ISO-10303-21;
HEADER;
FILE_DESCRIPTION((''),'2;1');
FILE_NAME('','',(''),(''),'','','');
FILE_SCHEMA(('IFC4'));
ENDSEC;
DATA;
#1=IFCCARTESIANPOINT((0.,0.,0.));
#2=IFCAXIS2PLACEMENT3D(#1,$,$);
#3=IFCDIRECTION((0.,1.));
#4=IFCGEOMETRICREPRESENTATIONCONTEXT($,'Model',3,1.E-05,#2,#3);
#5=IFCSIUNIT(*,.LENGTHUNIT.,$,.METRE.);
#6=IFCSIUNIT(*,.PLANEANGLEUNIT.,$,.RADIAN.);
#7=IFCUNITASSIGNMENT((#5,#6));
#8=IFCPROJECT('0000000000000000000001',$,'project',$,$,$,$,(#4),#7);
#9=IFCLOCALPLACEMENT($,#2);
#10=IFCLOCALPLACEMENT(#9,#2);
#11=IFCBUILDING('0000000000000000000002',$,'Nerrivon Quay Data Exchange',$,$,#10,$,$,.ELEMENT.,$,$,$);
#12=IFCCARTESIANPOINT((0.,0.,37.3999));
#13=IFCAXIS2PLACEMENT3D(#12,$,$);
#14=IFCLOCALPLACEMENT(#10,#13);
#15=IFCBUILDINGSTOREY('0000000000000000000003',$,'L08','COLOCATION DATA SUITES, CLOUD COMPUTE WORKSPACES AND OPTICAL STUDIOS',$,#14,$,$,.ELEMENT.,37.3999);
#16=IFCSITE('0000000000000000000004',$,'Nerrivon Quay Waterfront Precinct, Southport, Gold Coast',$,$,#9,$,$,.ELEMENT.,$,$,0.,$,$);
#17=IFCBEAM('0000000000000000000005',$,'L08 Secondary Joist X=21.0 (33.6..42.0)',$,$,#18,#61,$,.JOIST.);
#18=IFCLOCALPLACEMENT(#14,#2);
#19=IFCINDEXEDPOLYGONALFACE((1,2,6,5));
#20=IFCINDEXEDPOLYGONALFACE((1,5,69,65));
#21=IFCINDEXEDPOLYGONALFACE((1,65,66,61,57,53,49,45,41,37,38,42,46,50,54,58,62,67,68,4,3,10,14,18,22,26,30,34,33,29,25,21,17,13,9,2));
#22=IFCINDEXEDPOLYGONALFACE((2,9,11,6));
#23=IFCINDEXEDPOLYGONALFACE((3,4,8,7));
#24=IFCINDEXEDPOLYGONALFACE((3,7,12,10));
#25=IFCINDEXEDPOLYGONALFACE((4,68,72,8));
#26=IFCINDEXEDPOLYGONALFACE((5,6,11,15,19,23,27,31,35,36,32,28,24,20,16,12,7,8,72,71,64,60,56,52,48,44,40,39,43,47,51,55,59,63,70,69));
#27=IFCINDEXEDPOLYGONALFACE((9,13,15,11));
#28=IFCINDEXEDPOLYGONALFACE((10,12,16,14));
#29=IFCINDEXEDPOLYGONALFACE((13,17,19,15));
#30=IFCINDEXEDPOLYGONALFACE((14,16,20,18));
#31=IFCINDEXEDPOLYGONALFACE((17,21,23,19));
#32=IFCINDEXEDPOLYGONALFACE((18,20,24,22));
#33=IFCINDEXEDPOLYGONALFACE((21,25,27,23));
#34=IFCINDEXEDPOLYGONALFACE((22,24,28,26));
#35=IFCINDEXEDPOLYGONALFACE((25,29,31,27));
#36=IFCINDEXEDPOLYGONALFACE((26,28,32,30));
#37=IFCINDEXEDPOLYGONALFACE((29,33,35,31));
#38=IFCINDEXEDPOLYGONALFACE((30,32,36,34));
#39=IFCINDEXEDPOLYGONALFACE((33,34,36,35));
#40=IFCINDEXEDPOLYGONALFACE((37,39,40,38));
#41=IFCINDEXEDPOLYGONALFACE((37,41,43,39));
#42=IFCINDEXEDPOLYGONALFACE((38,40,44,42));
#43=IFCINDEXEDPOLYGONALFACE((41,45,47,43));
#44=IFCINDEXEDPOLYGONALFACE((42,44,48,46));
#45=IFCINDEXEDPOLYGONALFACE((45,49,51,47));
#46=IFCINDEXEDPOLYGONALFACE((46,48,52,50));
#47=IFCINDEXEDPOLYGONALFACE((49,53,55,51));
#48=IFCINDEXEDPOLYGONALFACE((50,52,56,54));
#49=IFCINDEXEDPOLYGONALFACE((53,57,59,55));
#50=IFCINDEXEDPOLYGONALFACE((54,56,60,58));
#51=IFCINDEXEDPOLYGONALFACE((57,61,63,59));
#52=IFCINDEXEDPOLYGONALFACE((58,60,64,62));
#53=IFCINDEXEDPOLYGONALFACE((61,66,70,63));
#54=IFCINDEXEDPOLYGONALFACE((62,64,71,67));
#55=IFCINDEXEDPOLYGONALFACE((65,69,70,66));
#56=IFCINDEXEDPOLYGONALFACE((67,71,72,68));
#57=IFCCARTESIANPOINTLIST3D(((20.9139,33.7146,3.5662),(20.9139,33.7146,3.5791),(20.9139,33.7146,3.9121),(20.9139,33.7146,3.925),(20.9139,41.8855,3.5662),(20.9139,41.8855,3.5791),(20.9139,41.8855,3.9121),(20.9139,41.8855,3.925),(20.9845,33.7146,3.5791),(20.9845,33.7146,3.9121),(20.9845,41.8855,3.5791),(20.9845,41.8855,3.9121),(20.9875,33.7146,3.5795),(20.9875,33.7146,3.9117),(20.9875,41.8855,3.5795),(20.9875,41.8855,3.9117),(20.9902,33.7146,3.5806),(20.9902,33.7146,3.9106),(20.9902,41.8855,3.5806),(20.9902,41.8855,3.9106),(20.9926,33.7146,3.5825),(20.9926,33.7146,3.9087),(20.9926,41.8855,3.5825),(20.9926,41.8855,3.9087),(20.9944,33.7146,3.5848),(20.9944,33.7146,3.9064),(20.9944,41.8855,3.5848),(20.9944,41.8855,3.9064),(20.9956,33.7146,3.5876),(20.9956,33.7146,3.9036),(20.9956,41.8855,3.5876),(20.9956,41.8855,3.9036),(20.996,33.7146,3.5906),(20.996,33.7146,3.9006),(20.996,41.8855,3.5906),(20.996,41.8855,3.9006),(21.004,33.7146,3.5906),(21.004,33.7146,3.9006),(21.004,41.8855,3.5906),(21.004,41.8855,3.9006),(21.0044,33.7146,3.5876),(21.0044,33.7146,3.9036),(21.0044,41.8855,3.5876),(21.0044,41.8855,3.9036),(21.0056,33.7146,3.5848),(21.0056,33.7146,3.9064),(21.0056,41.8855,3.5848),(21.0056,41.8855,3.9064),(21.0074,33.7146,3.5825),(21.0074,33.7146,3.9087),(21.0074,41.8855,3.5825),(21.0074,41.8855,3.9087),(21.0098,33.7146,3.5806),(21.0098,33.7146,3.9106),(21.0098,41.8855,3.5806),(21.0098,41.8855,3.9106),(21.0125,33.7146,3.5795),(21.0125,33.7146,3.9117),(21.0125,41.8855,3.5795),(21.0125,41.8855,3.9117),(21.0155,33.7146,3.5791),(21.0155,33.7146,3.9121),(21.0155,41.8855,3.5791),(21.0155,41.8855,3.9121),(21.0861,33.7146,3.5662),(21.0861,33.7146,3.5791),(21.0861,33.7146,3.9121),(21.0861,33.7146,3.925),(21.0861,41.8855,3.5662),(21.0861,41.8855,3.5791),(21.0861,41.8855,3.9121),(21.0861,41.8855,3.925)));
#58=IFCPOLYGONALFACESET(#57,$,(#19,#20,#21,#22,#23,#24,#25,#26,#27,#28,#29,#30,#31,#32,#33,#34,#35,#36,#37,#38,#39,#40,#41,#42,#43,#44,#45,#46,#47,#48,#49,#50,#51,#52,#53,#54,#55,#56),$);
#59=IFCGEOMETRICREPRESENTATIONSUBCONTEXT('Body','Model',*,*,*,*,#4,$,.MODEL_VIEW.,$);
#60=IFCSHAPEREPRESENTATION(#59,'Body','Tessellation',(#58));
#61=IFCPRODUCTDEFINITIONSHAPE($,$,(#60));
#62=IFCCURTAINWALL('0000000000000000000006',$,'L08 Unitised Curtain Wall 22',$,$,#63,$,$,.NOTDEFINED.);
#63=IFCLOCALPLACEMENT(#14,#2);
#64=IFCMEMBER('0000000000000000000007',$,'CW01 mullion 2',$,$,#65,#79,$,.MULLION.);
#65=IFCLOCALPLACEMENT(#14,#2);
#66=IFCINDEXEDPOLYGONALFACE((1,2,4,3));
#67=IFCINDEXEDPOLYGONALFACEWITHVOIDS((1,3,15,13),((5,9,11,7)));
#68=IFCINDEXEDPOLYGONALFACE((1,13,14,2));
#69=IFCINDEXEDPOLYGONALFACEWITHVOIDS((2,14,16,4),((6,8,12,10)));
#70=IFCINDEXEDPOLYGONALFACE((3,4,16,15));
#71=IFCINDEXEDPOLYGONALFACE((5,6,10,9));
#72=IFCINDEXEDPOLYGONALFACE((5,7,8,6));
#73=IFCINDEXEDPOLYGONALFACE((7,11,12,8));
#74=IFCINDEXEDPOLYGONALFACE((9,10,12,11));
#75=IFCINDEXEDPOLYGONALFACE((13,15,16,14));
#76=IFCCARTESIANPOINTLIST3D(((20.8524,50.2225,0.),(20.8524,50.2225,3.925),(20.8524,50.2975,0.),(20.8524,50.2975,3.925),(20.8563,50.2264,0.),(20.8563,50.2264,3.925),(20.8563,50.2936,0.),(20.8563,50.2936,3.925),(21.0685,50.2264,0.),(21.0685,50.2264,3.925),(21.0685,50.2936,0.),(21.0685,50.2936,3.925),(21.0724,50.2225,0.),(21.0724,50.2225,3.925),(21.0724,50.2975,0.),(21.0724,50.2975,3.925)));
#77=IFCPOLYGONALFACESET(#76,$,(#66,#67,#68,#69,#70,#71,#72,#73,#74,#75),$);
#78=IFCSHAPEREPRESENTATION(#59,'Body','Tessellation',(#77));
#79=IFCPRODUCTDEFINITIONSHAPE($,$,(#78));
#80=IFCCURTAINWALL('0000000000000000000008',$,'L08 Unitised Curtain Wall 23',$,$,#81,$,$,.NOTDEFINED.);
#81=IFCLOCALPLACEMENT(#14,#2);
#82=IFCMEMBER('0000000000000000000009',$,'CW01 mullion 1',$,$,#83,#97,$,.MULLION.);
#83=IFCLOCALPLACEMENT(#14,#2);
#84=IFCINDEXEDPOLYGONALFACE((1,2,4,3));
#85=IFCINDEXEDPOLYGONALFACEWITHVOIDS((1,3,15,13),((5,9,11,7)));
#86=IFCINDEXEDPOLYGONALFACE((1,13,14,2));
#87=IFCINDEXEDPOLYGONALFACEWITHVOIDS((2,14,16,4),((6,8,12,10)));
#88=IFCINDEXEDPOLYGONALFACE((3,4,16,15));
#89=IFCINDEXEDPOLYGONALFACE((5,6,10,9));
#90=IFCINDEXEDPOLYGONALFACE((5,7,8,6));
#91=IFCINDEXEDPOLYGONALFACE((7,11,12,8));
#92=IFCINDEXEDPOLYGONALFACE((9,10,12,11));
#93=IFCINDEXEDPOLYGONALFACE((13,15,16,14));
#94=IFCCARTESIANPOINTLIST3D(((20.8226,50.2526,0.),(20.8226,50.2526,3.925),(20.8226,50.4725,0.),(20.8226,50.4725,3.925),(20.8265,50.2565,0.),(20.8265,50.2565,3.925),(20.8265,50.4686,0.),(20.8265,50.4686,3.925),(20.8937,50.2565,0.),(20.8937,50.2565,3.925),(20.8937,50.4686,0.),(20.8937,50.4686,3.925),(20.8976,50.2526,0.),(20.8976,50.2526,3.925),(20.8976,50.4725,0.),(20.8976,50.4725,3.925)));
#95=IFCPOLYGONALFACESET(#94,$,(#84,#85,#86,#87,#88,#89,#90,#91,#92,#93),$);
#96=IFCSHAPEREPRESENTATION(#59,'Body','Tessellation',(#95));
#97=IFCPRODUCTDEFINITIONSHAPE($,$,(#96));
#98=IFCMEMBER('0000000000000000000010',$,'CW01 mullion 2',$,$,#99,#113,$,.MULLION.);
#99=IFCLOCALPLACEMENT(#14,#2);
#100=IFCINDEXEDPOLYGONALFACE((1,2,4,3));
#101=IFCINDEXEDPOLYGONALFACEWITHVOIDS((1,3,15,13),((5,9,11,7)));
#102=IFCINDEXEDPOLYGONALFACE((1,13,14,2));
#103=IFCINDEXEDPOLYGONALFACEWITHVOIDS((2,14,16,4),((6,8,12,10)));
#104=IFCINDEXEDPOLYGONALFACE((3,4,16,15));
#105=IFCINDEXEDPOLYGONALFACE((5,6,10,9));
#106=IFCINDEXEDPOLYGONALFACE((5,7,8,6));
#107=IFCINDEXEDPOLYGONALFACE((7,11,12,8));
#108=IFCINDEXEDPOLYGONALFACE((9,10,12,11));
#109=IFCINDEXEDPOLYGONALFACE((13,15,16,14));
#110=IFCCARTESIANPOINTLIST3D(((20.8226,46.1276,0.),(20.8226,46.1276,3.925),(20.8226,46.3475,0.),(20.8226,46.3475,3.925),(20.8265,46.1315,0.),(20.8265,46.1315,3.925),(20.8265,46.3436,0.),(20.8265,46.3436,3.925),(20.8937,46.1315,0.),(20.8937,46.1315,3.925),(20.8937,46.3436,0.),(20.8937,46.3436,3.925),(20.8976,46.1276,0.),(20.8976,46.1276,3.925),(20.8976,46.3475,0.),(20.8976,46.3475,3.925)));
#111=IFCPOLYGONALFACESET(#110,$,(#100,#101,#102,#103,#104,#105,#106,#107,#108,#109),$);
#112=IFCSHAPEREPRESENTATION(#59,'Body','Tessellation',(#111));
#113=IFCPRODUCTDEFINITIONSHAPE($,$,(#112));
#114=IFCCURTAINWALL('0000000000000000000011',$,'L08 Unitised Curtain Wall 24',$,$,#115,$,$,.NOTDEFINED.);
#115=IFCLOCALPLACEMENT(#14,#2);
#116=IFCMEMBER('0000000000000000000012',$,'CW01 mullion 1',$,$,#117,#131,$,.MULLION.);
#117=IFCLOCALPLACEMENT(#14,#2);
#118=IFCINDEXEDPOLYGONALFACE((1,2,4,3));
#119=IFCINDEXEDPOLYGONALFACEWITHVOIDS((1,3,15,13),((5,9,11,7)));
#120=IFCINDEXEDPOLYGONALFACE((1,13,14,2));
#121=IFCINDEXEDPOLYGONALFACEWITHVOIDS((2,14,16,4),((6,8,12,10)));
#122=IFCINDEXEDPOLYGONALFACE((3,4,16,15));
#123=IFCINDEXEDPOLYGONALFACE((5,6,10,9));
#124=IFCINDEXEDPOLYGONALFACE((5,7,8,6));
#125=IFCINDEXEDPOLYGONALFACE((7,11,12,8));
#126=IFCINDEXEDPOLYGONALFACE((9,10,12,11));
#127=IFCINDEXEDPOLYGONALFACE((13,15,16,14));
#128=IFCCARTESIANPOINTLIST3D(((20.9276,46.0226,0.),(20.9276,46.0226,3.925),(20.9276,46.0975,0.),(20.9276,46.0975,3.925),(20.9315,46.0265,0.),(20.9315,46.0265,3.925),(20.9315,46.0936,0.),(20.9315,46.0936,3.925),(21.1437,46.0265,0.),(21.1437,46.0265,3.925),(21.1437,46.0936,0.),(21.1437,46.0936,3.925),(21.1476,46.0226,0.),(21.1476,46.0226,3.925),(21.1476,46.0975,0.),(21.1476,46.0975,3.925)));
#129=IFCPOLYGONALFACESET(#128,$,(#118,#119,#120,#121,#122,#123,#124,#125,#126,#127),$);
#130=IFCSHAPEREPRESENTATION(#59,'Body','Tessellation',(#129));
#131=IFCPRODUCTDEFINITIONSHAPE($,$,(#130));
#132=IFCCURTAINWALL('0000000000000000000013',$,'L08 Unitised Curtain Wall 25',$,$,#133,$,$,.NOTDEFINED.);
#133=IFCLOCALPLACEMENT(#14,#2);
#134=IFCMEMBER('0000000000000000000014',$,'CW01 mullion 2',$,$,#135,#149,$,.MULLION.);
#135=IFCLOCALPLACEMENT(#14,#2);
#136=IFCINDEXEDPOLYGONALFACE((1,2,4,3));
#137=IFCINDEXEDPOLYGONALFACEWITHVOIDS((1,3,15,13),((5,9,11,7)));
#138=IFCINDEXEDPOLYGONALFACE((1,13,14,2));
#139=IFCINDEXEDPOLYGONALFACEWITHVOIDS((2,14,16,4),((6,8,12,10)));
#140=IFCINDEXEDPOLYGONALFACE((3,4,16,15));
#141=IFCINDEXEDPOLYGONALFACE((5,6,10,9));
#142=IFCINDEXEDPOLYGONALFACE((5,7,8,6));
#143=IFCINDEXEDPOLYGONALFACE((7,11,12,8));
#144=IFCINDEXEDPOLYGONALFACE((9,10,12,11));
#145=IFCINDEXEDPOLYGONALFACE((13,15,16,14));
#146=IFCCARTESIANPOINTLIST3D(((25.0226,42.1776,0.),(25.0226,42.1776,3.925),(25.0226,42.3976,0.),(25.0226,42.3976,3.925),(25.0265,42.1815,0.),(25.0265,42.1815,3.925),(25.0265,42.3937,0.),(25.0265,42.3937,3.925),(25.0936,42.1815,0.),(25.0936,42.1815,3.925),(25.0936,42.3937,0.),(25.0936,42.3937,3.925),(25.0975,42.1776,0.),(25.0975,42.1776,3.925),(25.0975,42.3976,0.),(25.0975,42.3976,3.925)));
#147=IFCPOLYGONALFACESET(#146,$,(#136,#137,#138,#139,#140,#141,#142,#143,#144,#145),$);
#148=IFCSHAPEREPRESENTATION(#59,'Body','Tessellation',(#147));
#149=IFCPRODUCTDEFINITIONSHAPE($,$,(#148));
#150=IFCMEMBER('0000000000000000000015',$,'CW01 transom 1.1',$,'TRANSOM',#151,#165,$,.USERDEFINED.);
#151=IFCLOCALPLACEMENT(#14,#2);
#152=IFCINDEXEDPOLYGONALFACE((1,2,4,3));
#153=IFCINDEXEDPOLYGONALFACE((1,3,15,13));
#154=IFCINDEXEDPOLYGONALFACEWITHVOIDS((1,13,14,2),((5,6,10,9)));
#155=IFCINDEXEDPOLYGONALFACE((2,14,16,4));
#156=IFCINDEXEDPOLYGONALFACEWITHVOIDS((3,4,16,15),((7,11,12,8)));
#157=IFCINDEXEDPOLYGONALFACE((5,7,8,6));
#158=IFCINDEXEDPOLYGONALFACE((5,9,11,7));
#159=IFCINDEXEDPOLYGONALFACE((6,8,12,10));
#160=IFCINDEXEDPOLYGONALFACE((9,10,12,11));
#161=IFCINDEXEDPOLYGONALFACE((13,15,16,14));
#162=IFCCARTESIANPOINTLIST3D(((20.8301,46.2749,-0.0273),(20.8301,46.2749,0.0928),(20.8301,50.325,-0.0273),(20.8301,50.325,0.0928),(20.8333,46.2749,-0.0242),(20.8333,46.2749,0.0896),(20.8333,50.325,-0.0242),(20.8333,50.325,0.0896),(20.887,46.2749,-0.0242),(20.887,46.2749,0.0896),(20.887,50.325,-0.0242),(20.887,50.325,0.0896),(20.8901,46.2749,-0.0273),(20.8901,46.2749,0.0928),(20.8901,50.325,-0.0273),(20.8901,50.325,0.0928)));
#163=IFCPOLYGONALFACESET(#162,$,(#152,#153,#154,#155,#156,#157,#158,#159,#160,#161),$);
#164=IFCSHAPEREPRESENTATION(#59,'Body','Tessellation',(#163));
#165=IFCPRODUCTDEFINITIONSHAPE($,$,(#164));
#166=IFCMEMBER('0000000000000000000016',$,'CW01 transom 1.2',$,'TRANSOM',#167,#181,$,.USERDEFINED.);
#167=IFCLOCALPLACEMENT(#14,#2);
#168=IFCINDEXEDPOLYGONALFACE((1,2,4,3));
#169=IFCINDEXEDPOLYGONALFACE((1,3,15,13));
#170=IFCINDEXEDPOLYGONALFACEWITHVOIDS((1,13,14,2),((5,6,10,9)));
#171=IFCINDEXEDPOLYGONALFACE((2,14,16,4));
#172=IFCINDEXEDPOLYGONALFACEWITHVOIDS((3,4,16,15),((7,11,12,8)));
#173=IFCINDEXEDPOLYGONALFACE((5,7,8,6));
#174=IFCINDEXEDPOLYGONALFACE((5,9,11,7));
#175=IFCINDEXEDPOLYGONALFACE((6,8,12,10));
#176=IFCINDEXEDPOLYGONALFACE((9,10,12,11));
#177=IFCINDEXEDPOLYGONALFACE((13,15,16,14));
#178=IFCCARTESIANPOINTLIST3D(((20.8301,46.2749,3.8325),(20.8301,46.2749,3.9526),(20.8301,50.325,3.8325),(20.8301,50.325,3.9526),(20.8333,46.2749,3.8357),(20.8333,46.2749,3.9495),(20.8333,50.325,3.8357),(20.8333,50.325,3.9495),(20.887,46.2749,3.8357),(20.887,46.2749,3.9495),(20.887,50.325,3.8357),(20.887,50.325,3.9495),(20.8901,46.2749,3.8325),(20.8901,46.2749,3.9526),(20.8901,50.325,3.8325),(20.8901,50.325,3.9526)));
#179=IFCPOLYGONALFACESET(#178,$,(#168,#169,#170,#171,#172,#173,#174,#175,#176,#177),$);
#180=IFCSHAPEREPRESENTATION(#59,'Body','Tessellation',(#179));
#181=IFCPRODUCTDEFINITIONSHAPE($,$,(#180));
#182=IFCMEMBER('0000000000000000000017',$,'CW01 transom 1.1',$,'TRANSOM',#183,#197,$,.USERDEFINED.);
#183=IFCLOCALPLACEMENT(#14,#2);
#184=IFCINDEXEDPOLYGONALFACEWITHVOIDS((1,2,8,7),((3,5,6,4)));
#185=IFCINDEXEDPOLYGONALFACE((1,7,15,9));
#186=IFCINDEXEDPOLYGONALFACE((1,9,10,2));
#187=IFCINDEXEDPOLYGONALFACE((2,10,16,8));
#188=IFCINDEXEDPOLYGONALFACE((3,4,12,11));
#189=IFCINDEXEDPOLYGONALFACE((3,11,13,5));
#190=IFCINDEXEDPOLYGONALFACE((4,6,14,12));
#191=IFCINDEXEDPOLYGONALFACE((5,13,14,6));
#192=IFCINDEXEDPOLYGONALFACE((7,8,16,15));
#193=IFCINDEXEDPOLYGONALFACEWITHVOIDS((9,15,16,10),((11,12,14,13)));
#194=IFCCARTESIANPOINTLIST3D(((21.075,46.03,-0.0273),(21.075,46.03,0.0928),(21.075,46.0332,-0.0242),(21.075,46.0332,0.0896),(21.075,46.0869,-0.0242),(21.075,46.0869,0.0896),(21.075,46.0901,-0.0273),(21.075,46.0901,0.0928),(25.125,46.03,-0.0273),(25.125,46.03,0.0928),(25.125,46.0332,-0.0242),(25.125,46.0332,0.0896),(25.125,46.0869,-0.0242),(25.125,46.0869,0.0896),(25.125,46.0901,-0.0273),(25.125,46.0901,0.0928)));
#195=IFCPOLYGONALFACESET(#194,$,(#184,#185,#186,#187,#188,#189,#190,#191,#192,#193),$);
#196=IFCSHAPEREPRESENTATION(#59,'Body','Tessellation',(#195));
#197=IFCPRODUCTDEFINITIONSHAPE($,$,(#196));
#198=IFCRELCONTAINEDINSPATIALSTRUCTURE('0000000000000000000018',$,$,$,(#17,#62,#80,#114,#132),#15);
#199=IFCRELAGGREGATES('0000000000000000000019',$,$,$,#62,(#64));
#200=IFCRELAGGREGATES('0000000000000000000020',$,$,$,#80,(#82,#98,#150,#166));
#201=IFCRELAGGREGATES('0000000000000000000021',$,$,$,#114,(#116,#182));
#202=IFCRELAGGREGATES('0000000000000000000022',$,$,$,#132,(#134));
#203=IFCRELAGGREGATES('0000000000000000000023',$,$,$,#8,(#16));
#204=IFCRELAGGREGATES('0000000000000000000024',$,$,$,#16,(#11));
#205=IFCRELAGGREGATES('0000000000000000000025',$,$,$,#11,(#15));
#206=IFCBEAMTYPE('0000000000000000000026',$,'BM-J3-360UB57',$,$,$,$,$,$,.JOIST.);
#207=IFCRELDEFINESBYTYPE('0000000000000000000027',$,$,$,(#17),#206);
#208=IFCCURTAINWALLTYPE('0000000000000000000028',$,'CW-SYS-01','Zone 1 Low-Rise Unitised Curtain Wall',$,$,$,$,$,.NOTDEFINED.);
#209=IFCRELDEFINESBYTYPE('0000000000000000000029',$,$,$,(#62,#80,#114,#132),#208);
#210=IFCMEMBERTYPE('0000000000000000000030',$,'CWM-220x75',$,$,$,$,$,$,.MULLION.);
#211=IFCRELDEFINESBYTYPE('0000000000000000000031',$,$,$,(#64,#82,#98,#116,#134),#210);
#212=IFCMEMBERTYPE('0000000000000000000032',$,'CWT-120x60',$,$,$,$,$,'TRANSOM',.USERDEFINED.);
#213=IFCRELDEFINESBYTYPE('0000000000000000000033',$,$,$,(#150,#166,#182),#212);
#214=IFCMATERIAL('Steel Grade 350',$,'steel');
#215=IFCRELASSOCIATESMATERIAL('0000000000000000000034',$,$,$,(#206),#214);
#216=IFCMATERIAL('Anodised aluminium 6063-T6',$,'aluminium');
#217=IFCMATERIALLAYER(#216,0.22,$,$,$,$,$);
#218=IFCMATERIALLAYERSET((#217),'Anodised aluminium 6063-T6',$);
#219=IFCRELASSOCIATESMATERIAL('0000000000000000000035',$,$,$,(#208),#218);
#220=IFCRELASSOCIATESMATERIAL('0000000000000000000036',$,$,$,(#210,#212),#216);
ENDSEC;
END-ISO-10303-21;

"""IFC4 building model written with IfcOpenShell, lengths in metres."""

from ifc_helpers import new_model, si_unit, direction, frame, origin, origin_2d, place, context, subcontext, project, spatial, hollow_rectangle, i_section, extrude, material, layer, layer_set, material_profile, profile_set, type_object, element, aggregate, save


model = new_model("IFC4")

# Units and contexts
model_context = context("Model", 3, precision=1e-05, world=origin(), true_north=direction((0.0, 1.0)))
body_context = subcontext(model_context, "Body", "Model", "MODEL_VIEW")
ifc_project = project(units=[si_unit("LENGTHUNIT", "METRE"), si_unit("PLANEANGLEUNIT", "RADIAN")], contexts=[model_context])

# Site, building, storey
site_placement = place(None, origin())
site = spatial("IfcSite", under=ifc_project, at=site_placement, Name="Nerrivon Quay Waterfront Precinct, Southport, Gold Coast", CompositionType="ELEMENT", RefElevation=0.0)
building_placement = place(site_placement, origin())
building = spatial("IfcBuilding", under=site, at=building_placement, Name="Nerrivon Quay Data Exchange", CompositionType="ELEMENT")
storey_placement = place(building_placement, frame((0.0, 0.0, 37.3999)))
storey = spatial("IfcBuildingStorey", under=building, at=storey_placement, Name="L08", Description="COLOCATION DATA SUITES, CLOUD COMPUTE WORKSPACES AND OPTICAL STUDIOS", CompositionType="ELEMENT", Elevation=37.3999)

# Beam
ifc_material_1 = material(Name="Steel Grade 350", Category="steel")
ifc_material_profile_1 = material_profile(ifc_material_1, i_section(OverallWidth=0.1721, OverallDepth=0.3589, WebThickness=0.0081, FlangeThickness=0.0129, FilletRadius=0.0115, at=origin_2d()), Name="360UB56.7")
ifc_profile_set_1 = profile_set([ifc_material_profile_1], Name="Steel Grade 350")
beam_type_1 = type_object("IfcBeamType", Name="BM-J3-360UB57", PredefinedType="JOIST", material=ifc_profile_set_1)
beam_1_placement = place(storey_placement, frame((21.0, 33.7146, 3.7456), z_axis=(0.0, 1.0, 0.0), x_axis=(-1.0, 0.0, 0.0)))
element("IfcBeam", 1, at=beam_1_placement, inside=storey, type_object=beam_type_1, Name="L08 Secondary Joist X=21.0 (33.6..42.0)", PredefinedType="JOIST", context=body_context, shape_type="SweptSolid", body=[
    extrude(i_section(OverallWidth=0.1721, OverallDepth=0.3589, WebThickness=0.0081, FlangeThickness=0.0129, FilletRadius=0.0115, at=origin_2d()), origin(), (0.0, 0.0, 1.0), 8.1709),
])

# Curtain wall, member
ifc_material_2 = material(Name="Anodised aluminium 6063-T6", Category="aluminium")
ifc_layer_1 = layer(ifc_material_2, 0.22)
ifc_layer_set_1 = layer_set([ifc_layer_1], Name="Anodised aluminium 6063-T6")
curtain_wall_type = type_object("IfcCurtainWallType", Name="CW-SYS-01", Description="Zone 1 Low-Rise Unitised Curtain Wall", PredefinedType="NOTDEFINED", material=ifc_layer_set_1)
curtain_wall_1_placement = place(storey_placement, origin())
curtain_wall_1 = element("IfcCurtainWall", 2, at=curtain_wall_1_placement, inside=storey, type_object=curtain_wall_type, Name="L08 Unitised Curtain Wall 22", PredefinedType="NOTDEFINED")
ifc_material_profile_2 = material_profile(ifc_material_2, hollow_rectangle(XDim=0.075, YDim=0.22, WallThickness=0.0039, at=origin_2d()), Name="ALU-MULL-220x75")
ifc_profile_set_2 = profile_set([ifc_material_profile_2], Name="Anodised aluminium 6063-T6")
member_type_1 = type_object("IfcMemberType", Name="CWM-220x75", PredefinedType="MULLION", material=ifc_profile_set_2)
member_1_placement = place(storey_placement, frame((20.9624, 50.26, 0.0), z_axis=(0.0, 0.0, 1.0), x_axis=(0.0, 1.0, 0.0)))
member_1 = element("IfcMember", 3, at=member_1_placement, type_object=member_type_1, Name="CW01 mullion 2", PredefinedType="MULLION", context=body_context, shape_type="SweptSolid", body=[
    extrude(hollow_rectangle(XDim=0.075, YDim=0.22, WallThickness=0.0039, at=origin_2d()), origin(), (0.0, 0.0, 1.0), 3.925),
])

# Curtain wall, members
curtain_wall_2_placement = place(storey_placement, origin())
curtain_wall_2 = element("IfcCurtainWall", 4, at=curtain_wall_2_placement, inside=storey, type_object=curtain_wall_type, Name="L08 Unitised Curtain Wall 23", PredefinedType="NOTDEFINED")
member_2_placement = place(storey_placement, frame((20.8601, 50.3625, 0.0), z_axis=(0.0, 0.0, 1.0), x_axis=(1.0, 0.0, 0.0)))
member_2 = element("IfcMember", 5, at=member_2_placement, type_object=member_type_1, Name="CW01 mullion 1", PredefinedType="MULLION", context=body_context, shape_type="SweptSolid", body=[
    extrude(hollow_rectangle(XDim=0.075, YDim=0.22, WallThickness=0.0039, at=origin_2d()), origin(), (0.0, 0.0, 1.0), 3.925),
])
member_3_placement = place(storey_placement, frame((20.8601, 46.2375, 0.0), z_axis=(0.0, 0.0, 1.0), x_axis=(1.0, 0.0, 0.0)))
member_3 = element("IfcMember", 6, at=member_3_placement, type_object=member_type_1, Name="CW01 mullion 2", PredefinedType="MULLION", context=body_context, shape_type="SweptSolid", body=[
    extrude(hollow_rectangle(XDim=0.075, YDim=0.22, WallThickness=0.0039, at=origin_2d()), origin(), (0.0, 0.0, 1.0), 3.925),
])

# Curtain walls, members
curtain_wall_3_placement = place(storey_placement, origin())
curtain_wall_3 = element("IfcCurtainWall", 7, at=curtain_wall_3_placement, inside=storey, type_object=curtain_wall_type, Name="L08 Unitised Curtain Wall 24", PredefinedType="NOTDEFINED")
member_4_placement = place(storey_placement, frame((21.0376, 46.0601, 0.0), z_axis=(0.0, 0.0, 1.0), x_axis=(0.0, 1.0, 0.0)))
member_4 = element("IfcMember", 8, at=member_4_placement, type_object=member_type_1, Name="CW01 mullion 1", PredefinedType="MULLION", context=body_context, shape_type="SweptSolid", body=[
    extrude(hollow_rectangle(XDim=0.075, YDim=0.22, WallThickness=0.0039, at=origin_2d()), origin(), (0.0, 0.0, 1.0), 3.925),
])
curtain_wall_4_placement = place(storey_placement, origin())
curtain_wall_4 = element("IfcCurtainWall", 9, at=curtain_wall_4_placement, inside=storey, type_object=curtain_wall_type, Name="L08 Unitised Curtain Wall 25", PredefinedType="NOTDEFINED")
member_5_placement = place(storey_placement, frame((25.0601, 42.2876, 0.0), z_axis=(0.0, 0.0, 1.0), x_axis=(1.0, 0.0, 0.0)))
member_5 = element("IfcMember", 10, at=member_5_placement, type_object=member_type_1, Name="CW01 mullion 2", PredefinedType="MULLION", context=body_context, shape_type="SweptSolid", body=[
    extrude(hollow_rectangle(XDim=0.075, YDim=0.22, WallThickness=0.0039, at=origin_2d()), origin(), (0.0, 0.0, 1.0), 3.925),
])

# Members
ifc_material_profile_3 = material_profile(ifc_material_2, hollow_rectangle(XDim=0.0601, YDim=0.1201, WallThickness=0.0032, at=origin_2d()), Name="ALU-TRAN-120x60")
ifc_profile_set_3 = profile_set([ifc_material_profile_3], Name="Anodised aluminium 6063-T6")
member_type_2 = type_object("IfcMemberType", Name="CWT-120x60", ElementType="TRANSOM", PredefinedType="USERDEFINED", material=ifc_profile_set_3)
member_6_placement = place(storey_placement, frame((20.8601, 50.325, 0.0327), z_axis=(0.0, -1.0, 0.0), x_axis=(1.0, 0.0, 0.0)))
member_6 = element("IfcMember", 11, at=member_6_placement, type_object=member_type_2, Name="CW01 transom 1.1", ObjectType="TRANSOM", PredefinedType="USERDEFINED", context=body_context, shape_type="SweptSolid", body=[
    extrude(hollow_rectangle(XDim=0.0601, YDim=0.1201, WallThickness=0.0032, at=origin_2d()), origin(), (0.0, 0.0, 1.0), 4.05),
])
member_7_placement = place(storey_placement, frame((20.8601, 50.325, 3.8926), z_axis=(0.0, -1.0, 0.0), x_axis=(1.0, 0.0, 0.0)))
member_7 = element("IfcMember", 12, at=member_7_placement, type_object=member_type_2, Name="CW01 transom 1.2", ObjectType="TRANSOM", PredefinedType="USERDEFINED", context=body_context, shape_type="SweptSolid", body=[
    extrude(hollow_rectangle(XDim=0.0601, YDim=0.1201, WallThickness=0.0032, at=origin_2d()), origin(), (0.0, 0.0, 1.0), 4.05),
])
member_8_placement = place(storey_placement, frame((21.075, 46.0601, 0.0327), z_axis=(1.0, 0.0, 0.0), x_axis=(0.0, 1.0, 0.0)))
member_8 = element("IfcMember", 13, at=member_8_placement, type_object=member_type_2, Name="CW01 transom 1.1", ObjectType="TRANSOM", PredefinedType="USERDEFINED", context=body_context, shape_type="SweptSolid", body=[
    extrude(hollow_rectangle(XDim=0.0601, YDim=0.1201, WallThickness=0.0032, at=origin_2d()), origin(), (0.0, 0.0, 1.0), 4.05),
])

aggregate(curtain_wall_1, [member_1])
aggregate(curtain_wall_2, [member_2, member_3, member_6, member_7])
aggregate(curtain_wall_3, [member_4, member_8])
aggregate(curtain_wall_4, [member_5])

save(model, "model.ifc")
